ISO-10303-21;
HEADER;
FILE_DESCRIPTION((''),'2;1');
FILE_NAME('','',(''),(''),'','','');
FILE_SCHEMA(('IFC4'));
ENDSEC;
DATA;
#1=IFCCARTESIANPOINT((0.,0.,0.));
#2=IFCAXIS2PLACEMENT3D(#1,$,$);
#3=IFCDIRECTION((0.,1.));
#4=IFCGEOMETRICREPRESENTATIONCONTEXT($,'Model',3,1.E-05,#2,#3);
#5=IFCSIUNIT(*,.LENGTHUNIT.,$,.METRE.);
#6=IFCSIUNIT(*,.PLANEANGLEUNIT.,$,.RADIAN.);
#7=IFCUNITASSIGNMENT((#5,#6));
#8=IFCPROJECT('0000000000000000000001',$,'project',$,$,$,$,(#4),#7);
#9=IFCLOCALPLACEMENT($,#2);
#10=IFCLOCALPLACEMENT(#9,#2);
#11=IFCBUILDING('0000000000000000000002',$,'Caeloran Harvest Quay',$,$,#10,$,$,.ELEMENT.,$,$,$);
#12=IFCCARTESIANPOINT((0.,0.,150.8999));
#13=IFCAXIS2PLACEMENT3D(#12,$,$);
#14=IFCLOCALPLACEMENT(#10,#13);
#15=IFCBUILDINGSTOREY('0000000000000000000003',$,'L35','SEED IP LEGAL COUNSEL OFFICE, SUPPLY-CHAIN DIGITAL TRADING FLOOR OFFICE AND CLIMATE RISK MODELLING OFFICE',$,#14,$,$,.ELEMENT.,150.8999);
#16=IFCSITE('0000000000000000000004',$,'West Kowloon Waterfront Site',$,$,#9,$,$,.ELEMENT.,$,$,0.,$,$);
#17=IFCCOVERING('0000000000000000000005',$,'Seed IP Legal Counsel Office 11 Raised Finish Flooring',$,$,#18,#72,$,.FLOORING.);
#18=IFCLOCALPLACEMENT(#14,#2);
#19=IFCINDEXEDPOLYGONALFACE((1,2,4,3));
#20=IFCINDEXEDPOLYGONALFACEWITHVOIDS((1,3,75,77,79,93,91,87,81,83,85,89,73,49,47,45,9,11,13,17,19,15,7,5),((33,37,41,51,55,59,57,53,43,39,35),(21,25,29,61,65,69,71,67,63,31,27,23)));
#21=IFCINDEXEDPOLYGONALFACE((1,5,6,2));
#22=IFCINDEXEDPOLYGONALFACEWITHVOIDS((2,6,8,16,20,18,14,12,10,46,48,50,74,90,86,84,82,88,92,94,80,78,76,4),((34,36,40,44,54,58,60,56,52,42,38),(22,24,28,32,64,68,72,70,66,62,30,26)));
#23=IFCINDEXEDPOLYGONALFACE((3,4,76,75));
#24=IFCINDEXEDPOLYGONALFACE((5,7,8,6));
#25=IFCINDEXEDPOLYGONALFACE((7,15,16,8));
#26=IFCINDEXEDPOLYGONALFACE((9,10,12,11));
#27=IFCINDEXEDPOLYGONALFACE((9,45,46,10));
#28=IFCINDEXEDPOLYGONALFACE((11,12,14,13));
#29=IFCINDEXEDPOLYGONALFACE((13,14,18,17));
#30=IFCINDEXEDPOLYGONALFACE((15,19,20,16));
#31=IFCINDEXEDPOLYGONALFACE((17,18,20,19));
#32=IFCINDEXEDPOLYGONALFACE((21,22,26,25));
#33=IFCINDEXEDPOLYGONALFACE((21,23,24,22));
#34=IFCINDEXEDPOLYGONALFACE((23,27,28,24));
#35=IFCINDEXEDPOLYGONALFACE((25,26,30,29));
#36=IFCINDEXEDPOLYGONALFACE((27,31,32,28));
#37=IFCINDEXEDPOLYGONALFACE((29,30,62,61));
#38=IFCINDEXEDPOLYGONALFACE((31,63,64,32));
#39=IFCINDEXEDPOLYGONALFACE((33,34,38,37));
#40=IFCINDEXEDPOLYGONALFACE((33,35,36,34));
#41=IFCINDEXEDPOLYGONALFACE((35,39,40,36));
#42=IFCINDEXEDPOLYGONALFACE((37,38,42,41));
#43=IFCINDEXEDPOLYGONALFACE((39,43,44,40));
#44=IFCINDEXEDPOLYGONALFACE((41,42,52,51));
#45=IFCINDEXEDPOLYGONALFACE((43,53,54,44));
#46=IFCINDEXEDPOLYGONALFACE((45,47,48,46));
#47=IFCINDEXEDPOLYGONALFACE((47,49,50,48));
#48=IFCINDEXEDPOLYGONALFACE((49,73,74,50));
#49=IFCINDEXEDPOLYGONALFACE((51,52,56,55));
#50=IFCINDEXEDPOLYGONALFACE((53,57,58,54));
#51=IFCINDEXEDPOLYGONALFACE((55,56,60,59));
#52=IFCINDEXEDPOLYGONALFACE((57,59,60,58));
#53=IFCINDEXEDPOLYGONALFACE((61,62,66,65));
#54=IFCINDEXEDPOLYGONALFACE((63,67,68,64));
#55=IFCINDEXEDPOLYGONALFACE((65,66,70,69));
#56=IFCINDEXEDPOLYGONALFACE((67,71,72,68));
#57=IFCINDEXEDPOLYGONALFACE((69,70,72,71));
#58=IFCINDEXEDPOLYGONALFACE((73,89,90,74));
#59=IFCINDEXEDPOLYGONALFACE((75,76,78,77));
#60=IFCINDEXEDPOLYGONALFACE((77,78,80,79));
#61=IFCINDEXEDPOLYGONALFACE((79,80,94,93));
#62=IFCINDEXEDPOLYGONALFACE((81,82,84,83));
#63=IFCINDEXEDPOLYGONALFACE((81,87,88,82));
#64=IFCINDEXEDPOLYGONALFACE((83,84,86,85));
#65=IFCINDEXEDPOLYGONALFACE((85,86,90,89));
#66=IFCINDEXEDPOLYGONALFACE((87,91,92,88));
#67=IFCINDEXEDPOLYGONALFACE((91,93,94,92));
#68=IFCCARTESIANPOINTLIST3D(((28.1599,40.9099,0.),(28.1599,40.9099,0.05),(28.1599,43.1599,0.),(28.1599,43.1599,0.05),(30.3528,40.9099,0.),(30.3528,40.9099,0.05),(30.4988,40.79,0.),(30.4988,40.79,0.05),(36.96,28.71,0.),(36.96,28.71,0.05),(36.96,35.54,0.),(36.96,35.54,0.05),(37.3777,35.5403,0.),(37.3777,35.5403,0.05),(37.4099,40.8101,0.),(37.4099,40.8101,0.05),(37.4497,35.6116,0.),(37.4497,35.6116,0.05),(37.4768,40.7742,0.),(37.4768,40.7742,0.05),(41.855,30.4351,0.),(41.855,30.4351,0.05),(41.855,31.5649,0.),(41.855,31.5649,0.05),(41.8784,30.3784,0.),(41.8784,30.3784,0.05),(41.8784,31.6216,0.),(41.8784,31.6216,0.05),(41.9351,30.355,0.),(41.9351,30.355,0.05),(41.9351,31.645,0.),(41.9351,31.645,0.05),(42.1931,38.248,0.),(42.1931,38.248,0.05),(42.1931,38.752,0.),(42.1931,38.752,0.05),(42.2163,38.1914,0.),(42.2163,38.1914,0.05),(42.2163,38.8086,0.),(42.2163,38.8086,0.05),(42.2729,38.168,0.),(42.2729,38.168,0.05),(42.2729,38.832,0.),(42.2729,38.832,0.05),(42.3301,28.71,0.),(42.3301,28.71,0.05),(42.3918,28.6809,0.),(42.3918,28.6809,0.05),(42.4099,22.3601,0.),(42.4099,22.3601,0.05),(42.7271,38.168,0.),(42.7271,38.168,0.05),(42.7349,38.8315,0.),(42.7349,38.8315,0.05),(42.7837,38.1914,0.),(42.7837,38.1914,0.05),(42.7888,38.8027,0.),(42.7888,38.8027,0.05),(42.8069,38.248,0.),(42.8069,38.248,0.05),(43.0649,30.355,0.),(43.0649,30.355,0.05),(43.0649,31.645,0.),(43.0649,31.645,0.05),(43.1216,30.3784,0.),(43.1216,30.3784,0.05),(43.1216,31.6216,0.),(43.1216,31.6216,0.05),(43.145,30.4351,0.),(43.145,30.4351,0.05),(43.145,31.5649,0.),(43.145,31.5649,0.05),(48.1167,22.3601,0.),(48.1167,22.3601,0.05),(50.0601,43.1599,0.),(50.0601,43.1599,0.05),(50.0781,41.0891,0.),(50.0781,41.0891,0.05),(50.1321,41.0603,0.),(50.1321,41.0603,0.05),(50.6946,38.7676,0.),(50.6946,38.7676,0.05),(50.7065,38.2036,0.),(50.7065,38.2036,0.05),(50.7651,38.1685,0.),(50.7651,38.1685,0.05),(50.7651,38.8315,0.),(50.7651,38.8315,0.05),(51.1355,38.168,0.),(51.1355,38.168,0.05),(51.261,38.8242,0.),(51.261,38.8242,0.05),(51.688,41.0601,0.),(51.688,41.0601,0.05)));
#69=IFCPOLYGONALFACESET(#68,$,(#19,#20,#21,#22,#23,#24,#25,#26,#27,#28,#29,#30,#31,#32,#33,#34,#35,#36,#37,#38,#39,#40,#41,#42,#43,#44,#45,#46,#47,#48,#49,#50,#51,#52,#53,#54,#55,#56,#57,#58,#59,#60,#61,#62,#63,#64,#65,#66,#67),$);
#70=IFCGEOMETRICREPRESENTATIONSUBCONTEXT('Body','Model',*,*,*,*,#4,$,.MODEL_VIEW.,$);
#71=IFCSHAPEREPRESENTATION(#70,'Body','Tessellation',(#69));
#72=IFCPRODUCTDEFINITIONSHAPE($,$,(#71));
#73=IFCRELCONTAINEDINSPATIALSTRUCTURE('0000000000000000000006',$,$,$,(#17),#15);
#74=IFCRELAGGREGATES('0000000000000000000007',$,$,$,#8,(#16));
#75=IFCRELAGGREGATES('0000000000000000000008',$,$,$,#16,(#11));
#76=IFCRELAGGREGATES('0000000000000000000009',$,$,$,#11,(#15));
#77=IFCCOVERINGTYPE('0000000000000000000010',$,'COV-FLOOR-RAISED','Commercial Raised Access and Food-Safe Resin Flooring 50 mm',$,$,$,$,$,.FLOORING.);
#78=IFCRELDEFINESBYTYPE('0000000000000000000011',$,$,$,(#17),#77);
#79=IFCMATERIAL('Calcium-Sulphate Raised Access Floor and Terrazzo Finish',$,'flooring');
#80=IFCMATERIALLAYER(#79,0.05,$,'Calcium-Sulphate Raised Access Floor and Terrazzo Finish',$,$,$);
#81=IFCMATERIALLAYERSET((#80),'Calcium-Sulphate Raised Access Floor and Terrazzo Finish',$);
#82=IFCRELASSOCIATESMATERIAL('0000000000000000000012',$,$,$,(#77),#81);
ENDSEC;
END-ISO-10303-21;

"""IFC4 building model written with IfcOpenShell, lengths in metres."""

from ifc_helpers import new_model, si_unit, direction, frame, origin, place, context, subcontext, project, spatial, polyline, outline, extrude, material, layer, layer_set, type_object, element, save


model = new_model("IFC4")

# Units and contexts
model_context = context("Model", 3, precision=1e-05, world=origin(), true_north=direction((0.0, 1.0)))
body_context = subcontext(model_context, "Body", "Model", "MODEL_VIEW")
ifc_project = project(units=[si_unit("LENGTHUNIT", "METRE"), si_unit("PLANEANGLEUNIT", "RADIAN")], contexts=[model_context])

# Site, building, storey
site_placement = place(None, origin())
site = spatial("IfcSite", under=ifc_project, at=site_placement, Name="West Kowloon Waterfront Site", CompositionType="ELEMENT", RefElevation=0.0)
building_placement = place(site_placement, origin())
building = spatial("IfcBuilding", under=site, at=building_placement, Name="Caeloran Harvest Quay", CompositionType="ELEMENT")
storey_placement = place(building_placement, frame((0.0, 0.0, 150.8999)))
storey = spatial("IfcBuildingStorey", under=building, at=storey_placement, Name="L35", Description="SEED IP LEGAL COUNSEL OFFICE, SUPPLY-CHAIN DIGITAL TRADING FLOOR OFFICE AND CLIMATE RISK MODELLING OFFICE", CompositionType="ELEMENT", Elevation=150.8999)

# Covering
ifc_material_1 = material(Name="Calcium-Sulphate Raised Access Floor and Terrazzo Finish", Category="flooring")
ifc_layer_1 = layer(ifc_material_1, 0.05, Name="Calcium-Sulphate Raised Access Floor and Terrazzo Finish")
ifc_layer_set_1 = layer_set([ifc_layer_1], Name="Calcium-Sulphate Raised Access Floor and Terrazzo Finish")
covering_type_1 = type_object("IfcCoveringType", Name="COV-FLOOR-RAISED", Description="Commercial Raised Access and Food-Safe Resin Flooring 50 mm", PredefinedType="FLOORING", material=ifc_layer_set_1)
covering_1_placement = place(storey_placement, origin())
element("IfcCovering", 1, at=covering_1_placement, inside=storey, type_object=covering_type_1, Name="Seed IP Legal Counsel Office 11 Raised Finish Flooring", PredefinedType="FLOORING", context=body_context, shape_type="SweptSolid", body=[
    extrude(outline(polyline([(50.0601, 43.1599), (50.0781, 41.0891), (50.1321, 41.0603), (51.688, 41.0601), (51.261, 38.8242), (50.7651, 38.8315), (50.6946, 38.7676), (50.7065, 38.2036), (50.7651, 38.1685), (51.1355, 38.168), (48.1167, 22.3601), (42.4099, 22.3601), (42.3918, 28.6809), (42.3301, 28.71), (36.96, 28.71), (36.96, 35.54), (37.3777, 35.5403), (37.4497, 35.6116), (37.4768, 40.7742), (37.4099, 40.8101), (30.4988, 40.79), (30.3528, 40.9099), (28.1599, 40.9099), (28.1599, 43.1599), (50.0601, 43.1599)]), holes=[polyline([(41.9351, 31.645), (41.8784, 31.6216), (41.855, 31.5649), (41.855, 30.4351), (41.8784, 30.3784), (41.9351, 30.355), (43.0649, 30.355), (43.1216, 30.3784), (43.145, 30.4351), (43.145, 31.5649), (43.1216, 31.6216), (43.0649, 31.645), (41.9351, 31.645)]), polyline([(42.8069, 38.248), (42.7888, 38.8027), (42.7349, 38.8315), (42.2729, 38.832), (42.2163, 38.8086), (42.1931, 38.752), (42.1931, 38.248), (42.2163, 38.1914), (42.2729, 38.168), (42.7271, 38.168), (42.7837, 38.1914), (42.8069, 38.248)])]), origin(), (0.0, 0.0, 1.0), 0.05),
])

save(model, "model.ifc")
